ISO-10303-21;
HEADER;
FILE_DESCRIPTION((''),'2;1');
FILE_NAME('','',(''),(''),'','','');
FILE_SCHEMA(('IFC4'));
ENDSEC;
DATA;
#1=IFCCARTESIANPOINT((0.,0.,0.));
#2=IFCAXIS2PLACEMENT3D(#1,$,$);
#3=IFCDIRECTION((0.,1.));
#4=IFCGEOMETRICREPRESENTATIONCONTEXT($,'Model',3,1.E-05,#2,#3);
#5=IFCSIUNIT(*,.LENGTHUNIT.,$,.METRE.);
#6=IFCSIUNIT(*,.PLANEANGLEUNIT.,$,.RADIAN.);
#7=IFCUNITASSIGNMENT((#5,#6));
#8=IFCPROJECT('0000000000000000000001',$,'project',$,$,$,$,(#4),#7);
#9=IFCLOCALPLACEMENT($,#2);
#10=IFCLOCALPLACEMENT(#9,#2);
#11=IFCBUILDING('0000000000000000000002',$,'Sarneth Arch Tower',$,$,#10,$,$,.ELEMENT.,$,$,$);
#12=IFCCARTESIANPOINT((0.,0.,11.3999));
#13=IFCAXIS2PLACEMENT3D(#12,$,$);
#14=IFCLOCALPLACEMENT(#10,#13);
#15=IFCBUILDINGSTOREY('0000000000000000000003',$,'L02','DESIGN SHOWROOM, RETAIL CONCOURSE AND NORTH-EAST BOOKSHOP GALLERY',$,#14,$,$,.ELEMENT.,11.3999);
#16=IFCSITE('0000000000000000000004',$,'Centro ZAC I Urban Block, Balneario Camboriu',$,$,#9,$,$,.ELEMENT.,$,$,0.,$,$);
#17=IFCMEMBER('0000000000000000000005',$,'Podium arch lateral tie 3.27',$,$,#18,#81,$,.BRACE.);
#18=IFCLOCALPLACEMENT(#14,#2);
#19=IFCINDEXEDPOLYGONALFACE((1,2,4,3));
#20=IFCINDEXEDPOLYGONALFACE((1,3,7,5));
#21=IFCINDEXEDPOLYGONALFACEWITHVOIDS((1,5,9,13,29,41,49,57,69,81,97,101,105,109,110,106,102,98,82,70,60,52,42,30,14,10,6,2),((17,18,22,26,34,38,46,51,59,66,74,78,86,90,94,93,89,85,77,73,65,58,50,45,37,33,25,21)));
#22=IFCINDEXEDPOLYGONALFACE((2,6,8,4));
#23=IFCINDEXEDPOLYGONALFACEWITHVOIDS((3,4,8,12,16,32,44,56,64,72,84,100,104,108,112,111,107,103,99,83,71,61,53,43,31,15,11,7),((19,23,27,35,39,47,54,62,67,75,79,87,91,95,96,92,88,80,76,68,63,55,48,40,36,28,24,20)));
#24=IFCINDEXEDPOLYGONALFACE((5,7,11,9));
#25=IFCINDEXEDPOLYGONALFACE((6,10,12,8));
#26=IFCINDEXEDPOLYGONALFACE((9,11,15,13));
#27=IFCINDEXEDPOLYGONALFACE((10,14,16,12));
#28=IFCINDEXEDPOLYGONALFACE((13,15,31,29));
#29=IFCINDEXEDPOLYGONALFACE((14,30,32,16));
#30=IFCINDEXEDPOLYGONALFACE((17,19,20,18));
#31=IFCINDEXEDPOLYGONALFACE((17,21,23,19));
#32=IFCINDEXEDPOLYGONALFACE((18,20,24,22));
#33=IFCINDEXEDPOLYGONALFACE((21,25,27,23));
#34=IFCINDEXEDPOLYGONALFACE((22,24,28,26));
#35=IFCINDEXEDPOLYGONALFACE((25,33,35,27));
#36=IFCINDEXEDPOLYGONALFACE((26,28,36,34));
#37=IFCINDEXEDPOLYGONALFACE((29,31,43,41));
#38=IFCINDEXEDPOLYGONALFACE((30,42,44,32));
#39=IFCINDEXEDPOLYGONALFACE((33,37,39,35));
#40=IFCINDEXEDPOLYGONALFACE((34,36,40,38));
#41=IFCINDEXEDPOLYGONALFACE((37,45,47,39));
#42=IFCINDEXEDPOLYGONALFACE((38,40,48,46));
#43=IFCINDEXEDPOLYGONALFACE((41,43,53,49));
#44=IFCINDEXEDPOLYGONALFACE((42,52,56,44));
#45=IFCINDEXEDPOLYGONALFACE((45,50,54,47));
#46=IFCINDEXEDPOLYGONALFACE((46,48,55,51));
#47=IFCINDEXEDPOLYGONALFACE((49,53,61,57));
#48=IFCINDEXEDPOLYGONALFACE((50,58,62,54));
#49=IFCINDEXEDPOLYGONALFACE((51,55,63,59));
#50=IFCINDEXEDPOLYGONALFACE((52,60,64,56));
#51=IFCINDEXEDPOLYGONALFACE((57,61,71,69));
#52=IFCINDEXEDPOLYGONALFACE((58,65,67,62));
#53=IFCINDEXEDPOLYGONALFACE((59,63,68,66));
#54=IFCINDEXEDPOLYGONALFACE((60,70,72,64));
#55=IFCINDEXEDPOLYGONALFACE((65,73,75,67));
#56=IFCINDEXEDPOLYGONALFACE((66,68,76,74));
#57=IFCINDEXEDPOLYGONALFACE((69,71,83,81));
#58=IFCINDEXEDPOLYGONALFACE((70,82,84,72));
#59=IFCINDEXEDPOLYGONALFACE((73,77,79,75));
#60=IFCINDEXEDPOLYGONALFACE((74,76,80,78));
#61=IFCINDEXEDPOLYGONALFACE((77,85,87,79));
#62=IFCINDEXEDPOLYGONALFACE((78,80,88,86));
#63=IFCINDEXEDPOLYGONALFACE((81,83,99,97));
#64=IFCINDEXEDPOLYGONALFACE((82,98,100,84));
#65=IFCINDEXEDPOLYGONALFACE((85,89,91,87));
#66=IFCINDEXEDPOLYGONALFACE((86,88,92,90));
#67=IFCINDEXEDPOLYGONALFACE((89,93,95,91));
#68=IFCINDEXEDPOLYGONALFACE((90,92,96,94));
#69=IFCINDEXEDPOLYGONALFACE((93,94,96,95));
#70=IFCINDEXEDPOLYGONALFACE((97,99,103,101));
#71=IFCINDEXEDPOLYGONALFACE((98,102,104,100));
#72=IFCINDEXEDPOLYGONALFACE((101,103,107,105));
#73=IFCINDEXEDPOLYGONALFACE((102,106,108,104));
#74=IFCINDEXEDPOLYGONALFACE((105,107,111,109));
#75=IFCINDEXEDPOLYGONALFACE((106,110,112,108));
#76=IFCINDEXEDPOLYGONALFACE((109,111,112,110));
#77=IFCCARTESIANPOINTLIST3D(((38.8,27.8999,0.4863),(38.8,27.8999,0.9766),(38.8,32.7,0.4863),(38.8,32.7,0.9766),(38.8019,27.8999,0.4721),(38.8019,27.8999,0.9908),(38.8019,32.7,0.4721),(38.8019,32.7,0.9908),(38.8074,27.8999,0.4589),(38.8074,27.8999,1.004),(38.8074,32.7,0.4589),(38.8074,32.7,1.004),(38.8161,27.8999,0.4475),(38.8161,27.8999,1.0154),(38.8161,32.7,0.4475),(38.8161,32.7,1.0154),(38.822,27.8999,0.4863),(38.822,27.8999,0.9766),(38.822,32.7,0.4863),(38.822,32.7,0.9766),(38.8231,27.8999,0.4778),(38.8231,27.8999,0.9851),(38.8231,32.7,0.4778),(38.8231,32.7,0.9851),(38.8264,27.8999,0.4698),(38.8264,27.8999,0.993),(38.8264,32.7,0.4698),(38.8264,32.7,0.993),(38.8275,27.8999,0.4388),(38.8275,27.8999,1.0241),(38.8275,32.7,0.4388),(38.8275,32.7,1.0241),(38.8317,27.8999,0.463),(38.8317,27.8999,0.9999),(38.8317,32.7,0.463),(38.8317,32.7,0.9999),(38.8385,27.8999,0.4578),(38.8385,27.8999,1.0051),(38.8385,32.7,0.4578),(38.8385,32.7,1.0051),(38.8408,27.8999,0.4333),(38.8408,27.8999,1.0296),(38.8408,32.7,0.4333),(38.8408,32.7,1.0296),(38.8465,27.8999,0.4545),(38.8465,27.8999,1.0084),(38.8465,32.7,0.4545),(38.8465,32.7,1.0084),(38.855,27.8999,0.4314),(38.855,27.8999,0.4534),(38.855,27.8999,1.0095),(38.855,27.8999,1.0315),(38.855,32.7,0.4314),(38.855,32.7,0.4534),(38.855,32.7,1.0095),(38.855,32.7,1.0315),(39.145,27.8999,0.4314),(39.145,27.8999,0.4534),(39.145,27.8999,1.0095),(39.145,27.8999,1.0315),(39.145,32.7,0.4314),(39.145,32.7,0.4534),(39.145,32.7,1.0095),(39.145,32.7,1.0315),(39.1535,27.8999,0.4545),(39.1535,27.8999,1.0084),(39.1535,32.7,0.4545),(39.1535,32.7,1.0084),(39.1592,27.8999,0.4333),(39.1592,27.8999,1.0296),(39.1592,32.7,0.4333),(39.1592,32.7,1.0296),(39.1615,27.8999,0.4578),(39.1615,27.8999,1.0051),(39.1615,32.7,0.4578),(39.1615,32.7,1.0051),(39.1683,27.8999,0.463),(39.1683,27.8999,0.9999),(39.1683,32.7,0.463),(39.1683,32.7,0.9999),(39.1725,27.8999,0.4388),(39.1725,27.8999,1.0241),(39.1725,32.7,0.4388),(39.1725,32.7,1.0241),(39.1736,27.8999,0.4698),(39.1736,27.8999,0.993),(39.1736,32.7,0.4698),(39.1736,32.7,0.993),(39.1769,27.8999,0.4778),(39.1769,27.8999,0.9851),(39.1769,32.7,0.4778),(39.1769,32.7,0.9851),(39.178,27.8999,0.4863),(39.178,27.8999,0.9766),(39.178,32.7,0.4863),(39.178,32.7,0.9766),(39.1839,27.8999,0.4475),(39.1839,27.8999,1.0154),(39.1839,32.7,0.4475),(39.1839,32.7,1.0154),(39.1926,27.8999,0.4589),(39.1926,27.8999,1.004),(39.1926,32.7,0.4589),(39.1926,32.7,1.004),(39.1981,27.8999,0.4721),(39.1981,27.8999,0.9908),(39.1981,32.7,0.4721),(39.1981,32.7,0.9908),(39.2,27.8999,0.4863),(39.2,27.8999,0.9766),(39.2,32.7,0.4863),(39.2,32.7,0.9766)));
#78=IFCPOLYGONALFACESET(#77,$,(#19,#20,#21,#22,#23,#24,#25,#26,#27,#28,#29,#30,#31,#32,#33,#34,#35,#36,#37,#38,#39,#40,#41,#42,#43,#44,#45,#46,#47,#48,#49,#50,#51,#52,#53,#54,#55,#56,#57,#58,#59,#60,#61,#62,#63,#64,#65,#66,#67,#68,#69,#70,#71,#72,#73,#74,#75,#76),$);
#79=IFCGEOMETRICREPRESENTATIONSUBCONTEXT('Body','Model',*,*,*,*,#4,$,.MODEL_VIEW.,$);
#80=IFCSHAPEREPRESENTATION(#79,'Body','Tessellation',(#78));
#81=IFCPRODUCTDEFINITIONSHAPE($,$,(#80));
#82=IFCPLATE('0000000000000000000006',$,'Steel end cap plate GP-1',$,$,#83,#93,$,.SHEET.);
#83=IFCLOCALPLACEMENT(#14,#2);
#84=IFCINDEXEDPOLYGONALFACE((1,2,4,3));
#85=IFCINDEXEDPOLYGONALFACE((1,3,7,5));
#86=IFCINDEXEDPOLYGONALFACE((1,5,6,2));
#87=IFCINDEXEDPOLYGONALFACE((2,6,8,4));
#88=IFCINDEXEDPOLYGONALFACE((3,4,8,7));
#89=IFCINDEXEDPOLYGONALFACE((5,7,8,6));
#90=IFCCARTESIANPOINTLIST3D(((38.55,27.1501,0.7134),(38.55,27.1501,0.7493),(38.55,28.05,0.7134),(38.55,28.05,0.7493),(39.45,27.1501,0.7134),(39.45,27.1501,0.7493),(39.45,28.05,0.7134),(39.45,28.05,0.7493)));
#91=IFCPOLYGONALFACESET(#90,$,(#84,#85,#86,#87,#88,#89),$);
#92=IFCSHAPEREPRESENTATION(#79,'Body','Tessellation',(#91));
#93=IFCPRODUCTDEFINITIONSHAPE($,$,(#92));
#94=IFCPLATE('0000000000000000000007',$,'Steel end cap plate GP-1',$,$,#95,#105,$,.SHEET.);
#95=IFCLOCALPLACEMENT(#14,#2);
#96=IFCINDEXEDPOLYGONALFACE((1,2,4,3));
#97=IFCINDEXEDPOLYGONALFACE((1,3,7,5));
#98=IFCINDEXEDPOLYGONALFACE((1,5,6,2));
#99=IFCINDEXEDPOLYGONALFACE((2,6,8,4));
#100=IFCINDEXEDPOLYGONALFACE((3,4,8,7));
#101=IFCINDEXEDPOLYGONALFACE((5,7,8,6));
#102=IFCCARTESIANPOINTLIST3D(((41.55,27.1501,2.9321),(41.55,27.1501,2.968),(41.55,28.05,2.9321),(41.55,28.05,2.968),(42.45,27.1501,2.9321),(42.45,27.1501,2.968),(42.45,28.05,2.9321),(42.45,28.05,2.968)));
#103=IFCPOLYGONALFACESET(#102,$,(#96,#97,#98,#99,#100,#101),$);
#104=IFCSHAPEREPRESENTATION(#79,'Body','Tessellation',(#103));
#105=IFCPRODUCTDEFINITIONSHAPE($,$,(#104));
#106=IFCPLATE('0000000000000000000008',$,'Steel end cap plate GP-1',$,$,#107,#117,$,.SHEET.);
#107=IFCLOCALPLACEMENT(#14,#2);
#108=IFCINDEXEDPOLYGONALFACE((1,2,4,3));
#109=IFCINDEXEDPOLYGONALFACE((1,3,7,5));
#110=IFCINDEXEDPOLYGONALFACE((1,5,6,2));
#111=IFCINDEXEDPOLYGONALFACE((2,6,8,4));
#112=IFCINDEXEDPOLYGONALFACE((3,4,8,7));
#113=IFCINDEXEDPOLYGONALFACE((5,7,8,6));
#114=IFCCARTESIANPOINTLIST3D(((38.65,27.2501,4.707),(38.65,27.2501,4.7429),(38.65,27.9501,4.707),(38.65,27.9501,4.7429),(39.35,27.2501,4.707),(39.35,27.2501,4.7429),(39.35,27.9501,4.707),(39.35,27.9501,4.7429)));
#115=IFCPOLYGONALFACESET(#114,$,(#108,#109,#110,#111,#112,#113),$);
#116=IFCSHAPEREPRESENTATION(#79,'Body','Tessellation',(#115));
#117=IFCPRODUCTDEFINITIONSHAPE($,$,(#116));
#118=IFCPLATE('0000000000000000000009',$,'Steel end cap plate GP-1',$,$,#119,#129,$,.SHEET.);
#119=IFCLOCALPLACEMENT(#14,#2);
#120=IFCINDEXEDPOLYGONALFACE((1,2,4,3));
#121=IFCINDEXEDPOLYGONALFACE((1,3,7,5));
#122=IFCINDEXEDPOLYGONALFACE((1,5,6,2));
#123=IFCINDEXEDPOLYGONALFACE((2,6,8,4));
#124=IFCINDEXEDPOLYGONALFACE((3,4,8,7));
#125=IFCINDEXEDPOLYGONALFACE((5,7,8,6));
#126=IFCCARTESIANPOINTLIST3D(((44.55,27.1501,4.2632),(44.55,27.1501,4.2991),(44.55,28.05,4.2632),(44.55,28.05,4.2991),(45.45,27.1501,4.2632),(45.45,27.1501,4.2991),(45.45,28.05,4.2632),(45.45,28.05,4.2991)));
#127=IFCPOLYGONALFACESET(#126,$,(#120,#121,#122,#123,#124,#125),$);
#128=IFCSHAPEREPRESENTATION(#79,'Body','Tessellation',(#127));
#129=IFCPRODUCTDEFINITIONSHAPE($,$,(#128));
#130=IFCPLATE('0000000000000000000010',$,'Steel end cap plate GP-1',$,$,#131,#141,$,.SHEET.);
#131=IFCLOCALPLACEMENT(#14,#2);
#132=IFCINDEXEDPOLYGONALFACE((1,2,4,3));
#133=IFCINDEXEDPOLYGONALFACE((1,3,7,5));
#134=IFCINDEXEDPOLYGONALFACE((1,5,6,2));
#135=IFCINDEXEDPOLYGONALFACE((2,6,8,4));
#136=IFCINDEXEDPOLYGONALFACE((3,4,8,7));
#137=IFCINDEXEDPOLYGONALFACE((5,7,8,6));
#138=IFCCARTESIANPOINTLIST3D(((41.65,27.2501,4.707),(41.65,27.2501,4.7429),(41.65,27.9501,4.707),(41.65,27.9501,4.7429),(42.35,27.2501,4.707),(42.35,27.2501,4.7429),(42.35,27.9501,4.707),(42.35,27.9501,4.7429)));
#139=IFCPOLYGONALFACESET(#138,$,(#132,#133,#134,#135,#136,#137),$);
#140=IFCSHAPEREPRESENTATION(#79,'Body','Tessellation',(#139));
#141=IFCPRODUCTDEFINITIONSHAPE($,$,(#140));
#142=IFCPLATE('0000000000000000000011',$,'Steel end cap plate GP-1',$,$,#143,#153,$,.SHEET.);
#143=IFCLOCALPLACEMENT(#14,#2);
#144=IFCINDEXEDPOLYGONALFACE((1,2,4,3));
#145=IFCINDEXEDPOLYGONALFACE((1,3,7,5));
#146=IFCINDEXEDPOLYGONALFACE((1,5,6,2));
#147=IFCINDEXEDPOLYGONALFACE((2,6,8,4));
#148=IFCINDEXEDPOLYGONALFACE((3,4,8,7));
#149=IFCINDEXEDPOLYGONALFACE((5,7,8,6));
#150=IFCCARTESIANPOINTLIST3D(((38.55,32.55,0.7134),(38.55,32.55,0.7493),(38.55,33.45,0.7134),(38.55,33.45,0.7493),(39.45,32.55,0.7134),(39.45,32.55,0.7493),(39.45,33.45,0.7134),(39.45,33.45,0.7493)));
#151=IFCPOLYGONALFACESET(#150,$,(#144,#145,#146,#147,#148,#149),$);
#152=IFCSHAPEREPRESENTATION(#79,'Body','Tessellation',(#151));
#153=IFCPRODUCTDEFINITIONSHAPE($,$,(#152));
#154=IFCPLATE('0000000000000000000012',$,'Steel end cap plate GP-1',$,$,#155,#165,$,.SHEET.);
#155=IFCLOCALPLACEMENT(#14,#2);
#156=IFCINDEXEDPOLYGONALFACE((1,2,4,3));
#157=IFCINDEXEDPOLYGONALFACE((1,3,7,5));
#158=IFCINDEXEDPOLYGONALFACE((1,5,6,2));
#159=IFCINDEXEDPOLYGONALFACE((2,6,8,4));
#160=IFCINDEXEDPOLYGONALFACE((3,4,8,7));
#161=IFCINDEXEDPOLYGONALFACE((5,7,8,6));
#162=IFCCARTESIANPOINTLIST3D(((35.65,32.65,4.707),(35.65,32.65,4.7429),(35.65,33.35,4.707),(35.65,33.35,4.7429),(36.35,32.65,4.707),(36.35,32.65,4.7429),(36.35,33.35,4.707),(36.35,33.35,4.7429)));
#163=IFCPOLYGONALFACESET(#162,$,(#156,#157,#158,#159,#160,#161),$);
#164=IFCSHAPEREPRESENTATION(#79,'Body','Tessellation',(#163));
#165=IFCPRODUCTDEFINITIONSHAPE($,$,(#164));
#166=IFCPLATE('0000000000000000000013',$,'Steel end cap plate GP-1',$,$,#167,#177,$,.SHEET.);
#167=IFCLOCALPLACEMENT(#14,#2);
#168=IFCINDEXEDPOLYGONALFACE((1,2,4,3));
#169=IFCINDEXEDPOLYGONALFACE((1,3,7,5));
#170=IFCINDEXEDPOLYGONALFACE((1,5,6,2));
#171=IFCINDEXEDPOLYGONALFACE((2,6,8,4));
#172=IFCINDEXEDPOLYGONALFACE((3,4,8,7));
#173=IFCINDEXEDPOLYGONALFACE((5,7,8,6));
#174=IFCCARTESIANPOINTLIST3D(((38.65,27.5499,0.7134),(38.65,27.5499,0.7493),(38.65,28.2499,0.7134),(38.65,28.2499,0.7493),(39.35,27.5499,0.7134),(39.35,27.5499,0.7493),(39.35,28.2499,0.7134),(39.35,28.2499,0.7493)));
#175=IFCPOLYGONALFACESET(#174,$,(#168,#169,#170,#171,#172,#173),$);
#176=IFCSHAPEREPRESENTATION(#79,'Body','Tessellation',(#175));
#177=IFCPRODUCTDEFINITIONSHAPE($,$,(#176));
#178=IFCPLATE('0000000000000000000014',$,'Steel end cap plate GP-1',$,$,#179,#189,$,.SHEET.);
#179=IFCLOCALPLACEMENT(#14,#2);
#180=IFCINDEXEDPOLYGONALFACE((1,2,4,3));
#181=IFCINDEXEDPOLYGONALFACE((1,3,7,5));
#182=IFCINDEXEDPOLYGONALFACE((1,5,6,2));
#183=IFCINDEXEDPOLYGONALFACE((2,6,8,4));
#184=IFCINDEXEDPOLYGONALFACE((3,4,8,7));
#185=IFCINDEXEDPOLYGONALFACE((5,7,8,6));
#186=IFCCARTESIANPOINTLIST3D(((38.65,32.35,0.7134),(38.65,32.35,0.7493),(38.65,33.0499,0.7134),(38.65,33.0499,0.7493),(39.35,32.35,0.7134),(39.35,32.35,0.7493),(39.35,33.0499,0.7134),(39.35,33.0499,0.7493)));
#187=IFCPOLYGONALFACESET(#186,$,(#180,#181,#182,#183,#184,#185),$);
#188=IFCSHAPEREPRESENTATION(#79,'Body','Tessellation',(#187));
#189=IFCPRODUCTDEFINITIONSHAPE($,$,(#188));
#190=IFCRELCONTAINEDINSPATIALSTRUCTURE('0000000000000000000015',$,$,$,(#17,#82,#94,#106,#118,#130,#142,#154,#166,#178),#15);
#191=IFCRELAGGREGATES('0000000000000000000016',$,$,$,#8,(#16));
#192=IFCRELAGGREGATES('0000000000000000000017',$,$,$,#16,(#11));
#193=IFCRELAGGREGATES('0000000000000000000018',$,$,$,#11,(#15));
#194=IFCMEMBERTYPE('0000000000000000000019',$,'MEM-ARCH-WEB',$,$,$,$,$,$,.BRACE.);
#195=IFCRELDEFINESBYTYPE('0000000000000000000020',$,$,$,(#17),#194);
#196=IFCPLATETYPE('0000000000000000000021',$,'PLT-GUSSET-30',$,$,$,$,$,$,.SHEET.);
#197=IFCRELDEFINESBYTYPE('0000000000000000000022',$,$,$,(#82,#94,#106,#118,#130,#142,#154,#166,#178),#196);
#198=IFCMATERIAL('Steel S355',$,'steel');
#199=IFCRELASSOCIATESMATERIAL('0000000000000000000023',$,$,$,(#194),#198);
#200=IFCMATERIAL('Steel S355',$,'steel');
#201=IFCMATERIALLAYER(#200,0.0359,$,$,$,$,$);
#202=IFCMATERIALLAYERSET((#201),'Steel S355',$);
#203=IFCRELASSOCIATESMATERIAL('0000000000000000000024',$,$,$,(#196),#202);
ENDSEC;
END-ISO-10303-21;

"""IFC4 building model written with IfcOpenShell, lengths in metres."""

from ifc_helpers import new_model, si_unit, direction, frame, origin, origin_2d, place, context, subcontext, project, spatial, rectangle, hollow_rectangle, extrude, material, layer, layer_set, material_profile, profile_set, type_object, element, save


model = new_model("IFC4")

# Units and contexts
model_context = context("Model", 3, precision=1e-05, world=origin(), true_north=direction((0.0, 1.0)))
body_context = subcontext(model_context, "Body", "Model", "MODEL_VIEW")
ifc_project = project(units=[si_unit("LENGTHUNIT", "METRE"), si_unit("PLANEANGLEUNIT", "RADIAN")], contexts=[model_context])

# Site, building, storey
site_placement = place(None, origin())
site = spatial("IfcSite", under=ifc_project, at=site_placement, Name="Centro ZAC I Urban Block, Balneario Camboriu", CompositionType="ELEMENT", RefElevation=0.0)
building_placement = place(site_placement, origin())
building = spatial("IfcBuilding", under=site, at=building_placement, Name="Sarneth Arch Tower", CompositionType="ELEMENT")
storey_placement = place(building_placement, frame((0.0, 0.0, 11.3999)))
storey = spatial("IfcBuildingStorey", under=building, at=storey_placement, Name="L02", Description="DESIGN SHOWROOM, RETAIL CONCOURSE AND NORTH-EAST BOOKSHOP GALLERY", CompositionType="ELEMENT", Elevation=11.3999)

# Member
ifc_material_1 = material(Name="Steel S355", Category="steel")
ifc_material_profile_1 = material_profile(ifc_material_1, hollow_rectangle(XDim=0.3999, YDim=0.6001, WallThickness=0.022, InnerFilletRadius=0.033, OuterFilletRadius=0.0549, at=origin_2d()), Name="RHS600x400x22")
ifc_profile_set_1 = profile_set([ifc_material_profile_1], Name="Steel S355")
member_type_1 = type_object("IfcMemberType", Name="MEM-ARCH-WEB", PredefinedType="BRACE", material=ifc_profile_set_1)
member_1_placement = place(storey_placement, frame((39.0, 27.8999, 0.7314), z_axis=(0.0, 1.0, 0.0), x_axis=(-1.0, 0.0, 0.0)))
element("IfcMember", 1, at=member_1_placement, inside=storey, type_object=member_type_1, Name="Podium arch lateral tie 3.27", PredefinedType="BRACE", context=body_context, shape_type="SweptSolid", body=[
    extrude(hollow_rectangle(XDim=0.3999, YDim=0.6001, WallThickness=0.022, InnerFilletRadius=0.033, OuterFilletRadius=0.0549, at=origin_2d()), origin(), (0.0, 0.0, 1.0), 4.8),
])

# Plates
ifc_material_2 = material(Name="Steel S355", Category="steel")
ifc_layer = layer(ifc_material_2, 0.0359)
ifc_layer_set = layer_set([ifc_layer], Name="Steel S355")
plate_type = type_object("IfcPlateType", Name="PLT-GUSSET-30", PredefinedType="SHEET", material=ifc_layer_set)
for number, where, z_axis, x_axis, name in (
    (2, (39.0, 27.6001, 0.7134), (0.0, 0.0, 1.0), (-1.0, 0.0, 0.0), "Steel end cap plate GP-1"),
    (3, (42.0, 27.6001, 2.9321), (0.0, 0.0, 1.0), (-1.0, 0.0, 0.0), "Steel end cap plate GP-1"),
):
    element("IfcPlate", number, at=place(storey_placement, frame(where, z_axis=z_axis, x_axis=x_axis)), inside=storey, type_object=plate_type, Name=name, PredefinedType="SHEET", context=body_context, shape_type="SweptSolid", body=[
        extrude(rectangle(XDim=0.8999, YDim=0.8999, at=origin_2d()), origin(), (0.0, 0.0, 1.0), 0.0359),
    ])
plate_1_placement = place(storey_placement, frame((39.0, 27.6001, 4.707), z_axis=(0.0, 0.0, 1.0), x_axis=(1.0, 0.0, 0.0)))
element("IfcPlate", 4, at=plate_1_placement, inside=storey, type_object=plate_type, Name="Steel end cap plate GP-1", PredefinedType="SHEET", context=body_context, shape_type="SweptSolid", body=[
    extrude(rectangle(XDim=0.7, YDim=0.7, at=origin_2d()), origin(), (0.0, 0.0, 1.0), 0.0359),
])
plate_2_placement = place(storey_placement, frame((45.0, 27.6001, 4.2632), z_axis=(0.0, 0.0, 1.0), x_axis=(-1.0, 0.0, 0.0)))
element("IfcPlate", 5, at=plate_2_placement, inside=storey, type_object=plate_type, Name="Steel end cap plate GP-1", PredefinedType="SHEET", context=body_context, shape_type="SweptSolid", body=[
    extrude(rectangle(XDim=0.8999, YDim=0.8999, at=origin_2d()), origin(), (0.0, 0.0, 1.0), 0.0359),
])
plate_3_placement = place(storey_placement, frame((42.0, 27.6001, 4.707), z_axis=(0.0, 0.0, 1.0), x_axis=(1.0, 0.0, 0.0)))
element("IfcPlate", 6, at=plate_3_placement, inside=storey, type_object=plate_type, Name="Steel end cap plate GP-1", PredefinedType="SHEET", context=body_context, shape_type="SweptSolid", body=[
    extrude(rectangle(XDim=0.7, YDim=0.7, at=origin_2d()), origin(), (0.0, 0.0, 1.0), 0.0359),
])
plate_4_placement = place(storey_placement, frame((39.0, 33.0, 0.7134), z_axis=(0.0, 0.0, 1.0), x_axis=(-1.0, 0.0, 0.0)))
element("IfcPlate", 7, at=plate_4_placement, inside=storey, type_object=plate_type, Name="Steel end cap plate GP-1", PredefinedType="SHEET", context=body_context, shape_type="SweptSolid", body=[
    extrude(rectangle(XDim=0.8999, YDim=0.8999, at=origin_2d()), origin(), (0.0, 0.0, 1.0), 0.0359),
])
for number, where, z_axis, x_axis, name in (
    (8, (36.0, 33.0, 4.707), (0.0, 0.0, 1.0), (1.0, 0.0, 0.0), "Steel end cap plate GP-1"),
    (9, (39.0, 27.8999, 0.7134), (0.0, 0.0, 1.0), (0.0, -1.0, 0.0), "Steel end cap plate GP-1"),
    (10, (39.0, 32.7, 0.7134), (0.0, 0.0, 1.0), (0.0, 1.0, 0.0), "Steel end cap plate GP-1"),
):
    element("IfcPlate", number, at=place(storey_placement, frame(where, z_axis=z_axis, x_axis=x_axis)), inside=storey, type_object=plate_type, Name=name, PredefinedType="SHEET", context=body_context, shape_type="SweptSolid", body=[
        extrude(rectangle(XDim=0.7, YDim=0.7, at=origin_2d()), origin(), (0.0, 0.0, 1.0), 0.0359),
    ])

save(model, "model.ifc")
